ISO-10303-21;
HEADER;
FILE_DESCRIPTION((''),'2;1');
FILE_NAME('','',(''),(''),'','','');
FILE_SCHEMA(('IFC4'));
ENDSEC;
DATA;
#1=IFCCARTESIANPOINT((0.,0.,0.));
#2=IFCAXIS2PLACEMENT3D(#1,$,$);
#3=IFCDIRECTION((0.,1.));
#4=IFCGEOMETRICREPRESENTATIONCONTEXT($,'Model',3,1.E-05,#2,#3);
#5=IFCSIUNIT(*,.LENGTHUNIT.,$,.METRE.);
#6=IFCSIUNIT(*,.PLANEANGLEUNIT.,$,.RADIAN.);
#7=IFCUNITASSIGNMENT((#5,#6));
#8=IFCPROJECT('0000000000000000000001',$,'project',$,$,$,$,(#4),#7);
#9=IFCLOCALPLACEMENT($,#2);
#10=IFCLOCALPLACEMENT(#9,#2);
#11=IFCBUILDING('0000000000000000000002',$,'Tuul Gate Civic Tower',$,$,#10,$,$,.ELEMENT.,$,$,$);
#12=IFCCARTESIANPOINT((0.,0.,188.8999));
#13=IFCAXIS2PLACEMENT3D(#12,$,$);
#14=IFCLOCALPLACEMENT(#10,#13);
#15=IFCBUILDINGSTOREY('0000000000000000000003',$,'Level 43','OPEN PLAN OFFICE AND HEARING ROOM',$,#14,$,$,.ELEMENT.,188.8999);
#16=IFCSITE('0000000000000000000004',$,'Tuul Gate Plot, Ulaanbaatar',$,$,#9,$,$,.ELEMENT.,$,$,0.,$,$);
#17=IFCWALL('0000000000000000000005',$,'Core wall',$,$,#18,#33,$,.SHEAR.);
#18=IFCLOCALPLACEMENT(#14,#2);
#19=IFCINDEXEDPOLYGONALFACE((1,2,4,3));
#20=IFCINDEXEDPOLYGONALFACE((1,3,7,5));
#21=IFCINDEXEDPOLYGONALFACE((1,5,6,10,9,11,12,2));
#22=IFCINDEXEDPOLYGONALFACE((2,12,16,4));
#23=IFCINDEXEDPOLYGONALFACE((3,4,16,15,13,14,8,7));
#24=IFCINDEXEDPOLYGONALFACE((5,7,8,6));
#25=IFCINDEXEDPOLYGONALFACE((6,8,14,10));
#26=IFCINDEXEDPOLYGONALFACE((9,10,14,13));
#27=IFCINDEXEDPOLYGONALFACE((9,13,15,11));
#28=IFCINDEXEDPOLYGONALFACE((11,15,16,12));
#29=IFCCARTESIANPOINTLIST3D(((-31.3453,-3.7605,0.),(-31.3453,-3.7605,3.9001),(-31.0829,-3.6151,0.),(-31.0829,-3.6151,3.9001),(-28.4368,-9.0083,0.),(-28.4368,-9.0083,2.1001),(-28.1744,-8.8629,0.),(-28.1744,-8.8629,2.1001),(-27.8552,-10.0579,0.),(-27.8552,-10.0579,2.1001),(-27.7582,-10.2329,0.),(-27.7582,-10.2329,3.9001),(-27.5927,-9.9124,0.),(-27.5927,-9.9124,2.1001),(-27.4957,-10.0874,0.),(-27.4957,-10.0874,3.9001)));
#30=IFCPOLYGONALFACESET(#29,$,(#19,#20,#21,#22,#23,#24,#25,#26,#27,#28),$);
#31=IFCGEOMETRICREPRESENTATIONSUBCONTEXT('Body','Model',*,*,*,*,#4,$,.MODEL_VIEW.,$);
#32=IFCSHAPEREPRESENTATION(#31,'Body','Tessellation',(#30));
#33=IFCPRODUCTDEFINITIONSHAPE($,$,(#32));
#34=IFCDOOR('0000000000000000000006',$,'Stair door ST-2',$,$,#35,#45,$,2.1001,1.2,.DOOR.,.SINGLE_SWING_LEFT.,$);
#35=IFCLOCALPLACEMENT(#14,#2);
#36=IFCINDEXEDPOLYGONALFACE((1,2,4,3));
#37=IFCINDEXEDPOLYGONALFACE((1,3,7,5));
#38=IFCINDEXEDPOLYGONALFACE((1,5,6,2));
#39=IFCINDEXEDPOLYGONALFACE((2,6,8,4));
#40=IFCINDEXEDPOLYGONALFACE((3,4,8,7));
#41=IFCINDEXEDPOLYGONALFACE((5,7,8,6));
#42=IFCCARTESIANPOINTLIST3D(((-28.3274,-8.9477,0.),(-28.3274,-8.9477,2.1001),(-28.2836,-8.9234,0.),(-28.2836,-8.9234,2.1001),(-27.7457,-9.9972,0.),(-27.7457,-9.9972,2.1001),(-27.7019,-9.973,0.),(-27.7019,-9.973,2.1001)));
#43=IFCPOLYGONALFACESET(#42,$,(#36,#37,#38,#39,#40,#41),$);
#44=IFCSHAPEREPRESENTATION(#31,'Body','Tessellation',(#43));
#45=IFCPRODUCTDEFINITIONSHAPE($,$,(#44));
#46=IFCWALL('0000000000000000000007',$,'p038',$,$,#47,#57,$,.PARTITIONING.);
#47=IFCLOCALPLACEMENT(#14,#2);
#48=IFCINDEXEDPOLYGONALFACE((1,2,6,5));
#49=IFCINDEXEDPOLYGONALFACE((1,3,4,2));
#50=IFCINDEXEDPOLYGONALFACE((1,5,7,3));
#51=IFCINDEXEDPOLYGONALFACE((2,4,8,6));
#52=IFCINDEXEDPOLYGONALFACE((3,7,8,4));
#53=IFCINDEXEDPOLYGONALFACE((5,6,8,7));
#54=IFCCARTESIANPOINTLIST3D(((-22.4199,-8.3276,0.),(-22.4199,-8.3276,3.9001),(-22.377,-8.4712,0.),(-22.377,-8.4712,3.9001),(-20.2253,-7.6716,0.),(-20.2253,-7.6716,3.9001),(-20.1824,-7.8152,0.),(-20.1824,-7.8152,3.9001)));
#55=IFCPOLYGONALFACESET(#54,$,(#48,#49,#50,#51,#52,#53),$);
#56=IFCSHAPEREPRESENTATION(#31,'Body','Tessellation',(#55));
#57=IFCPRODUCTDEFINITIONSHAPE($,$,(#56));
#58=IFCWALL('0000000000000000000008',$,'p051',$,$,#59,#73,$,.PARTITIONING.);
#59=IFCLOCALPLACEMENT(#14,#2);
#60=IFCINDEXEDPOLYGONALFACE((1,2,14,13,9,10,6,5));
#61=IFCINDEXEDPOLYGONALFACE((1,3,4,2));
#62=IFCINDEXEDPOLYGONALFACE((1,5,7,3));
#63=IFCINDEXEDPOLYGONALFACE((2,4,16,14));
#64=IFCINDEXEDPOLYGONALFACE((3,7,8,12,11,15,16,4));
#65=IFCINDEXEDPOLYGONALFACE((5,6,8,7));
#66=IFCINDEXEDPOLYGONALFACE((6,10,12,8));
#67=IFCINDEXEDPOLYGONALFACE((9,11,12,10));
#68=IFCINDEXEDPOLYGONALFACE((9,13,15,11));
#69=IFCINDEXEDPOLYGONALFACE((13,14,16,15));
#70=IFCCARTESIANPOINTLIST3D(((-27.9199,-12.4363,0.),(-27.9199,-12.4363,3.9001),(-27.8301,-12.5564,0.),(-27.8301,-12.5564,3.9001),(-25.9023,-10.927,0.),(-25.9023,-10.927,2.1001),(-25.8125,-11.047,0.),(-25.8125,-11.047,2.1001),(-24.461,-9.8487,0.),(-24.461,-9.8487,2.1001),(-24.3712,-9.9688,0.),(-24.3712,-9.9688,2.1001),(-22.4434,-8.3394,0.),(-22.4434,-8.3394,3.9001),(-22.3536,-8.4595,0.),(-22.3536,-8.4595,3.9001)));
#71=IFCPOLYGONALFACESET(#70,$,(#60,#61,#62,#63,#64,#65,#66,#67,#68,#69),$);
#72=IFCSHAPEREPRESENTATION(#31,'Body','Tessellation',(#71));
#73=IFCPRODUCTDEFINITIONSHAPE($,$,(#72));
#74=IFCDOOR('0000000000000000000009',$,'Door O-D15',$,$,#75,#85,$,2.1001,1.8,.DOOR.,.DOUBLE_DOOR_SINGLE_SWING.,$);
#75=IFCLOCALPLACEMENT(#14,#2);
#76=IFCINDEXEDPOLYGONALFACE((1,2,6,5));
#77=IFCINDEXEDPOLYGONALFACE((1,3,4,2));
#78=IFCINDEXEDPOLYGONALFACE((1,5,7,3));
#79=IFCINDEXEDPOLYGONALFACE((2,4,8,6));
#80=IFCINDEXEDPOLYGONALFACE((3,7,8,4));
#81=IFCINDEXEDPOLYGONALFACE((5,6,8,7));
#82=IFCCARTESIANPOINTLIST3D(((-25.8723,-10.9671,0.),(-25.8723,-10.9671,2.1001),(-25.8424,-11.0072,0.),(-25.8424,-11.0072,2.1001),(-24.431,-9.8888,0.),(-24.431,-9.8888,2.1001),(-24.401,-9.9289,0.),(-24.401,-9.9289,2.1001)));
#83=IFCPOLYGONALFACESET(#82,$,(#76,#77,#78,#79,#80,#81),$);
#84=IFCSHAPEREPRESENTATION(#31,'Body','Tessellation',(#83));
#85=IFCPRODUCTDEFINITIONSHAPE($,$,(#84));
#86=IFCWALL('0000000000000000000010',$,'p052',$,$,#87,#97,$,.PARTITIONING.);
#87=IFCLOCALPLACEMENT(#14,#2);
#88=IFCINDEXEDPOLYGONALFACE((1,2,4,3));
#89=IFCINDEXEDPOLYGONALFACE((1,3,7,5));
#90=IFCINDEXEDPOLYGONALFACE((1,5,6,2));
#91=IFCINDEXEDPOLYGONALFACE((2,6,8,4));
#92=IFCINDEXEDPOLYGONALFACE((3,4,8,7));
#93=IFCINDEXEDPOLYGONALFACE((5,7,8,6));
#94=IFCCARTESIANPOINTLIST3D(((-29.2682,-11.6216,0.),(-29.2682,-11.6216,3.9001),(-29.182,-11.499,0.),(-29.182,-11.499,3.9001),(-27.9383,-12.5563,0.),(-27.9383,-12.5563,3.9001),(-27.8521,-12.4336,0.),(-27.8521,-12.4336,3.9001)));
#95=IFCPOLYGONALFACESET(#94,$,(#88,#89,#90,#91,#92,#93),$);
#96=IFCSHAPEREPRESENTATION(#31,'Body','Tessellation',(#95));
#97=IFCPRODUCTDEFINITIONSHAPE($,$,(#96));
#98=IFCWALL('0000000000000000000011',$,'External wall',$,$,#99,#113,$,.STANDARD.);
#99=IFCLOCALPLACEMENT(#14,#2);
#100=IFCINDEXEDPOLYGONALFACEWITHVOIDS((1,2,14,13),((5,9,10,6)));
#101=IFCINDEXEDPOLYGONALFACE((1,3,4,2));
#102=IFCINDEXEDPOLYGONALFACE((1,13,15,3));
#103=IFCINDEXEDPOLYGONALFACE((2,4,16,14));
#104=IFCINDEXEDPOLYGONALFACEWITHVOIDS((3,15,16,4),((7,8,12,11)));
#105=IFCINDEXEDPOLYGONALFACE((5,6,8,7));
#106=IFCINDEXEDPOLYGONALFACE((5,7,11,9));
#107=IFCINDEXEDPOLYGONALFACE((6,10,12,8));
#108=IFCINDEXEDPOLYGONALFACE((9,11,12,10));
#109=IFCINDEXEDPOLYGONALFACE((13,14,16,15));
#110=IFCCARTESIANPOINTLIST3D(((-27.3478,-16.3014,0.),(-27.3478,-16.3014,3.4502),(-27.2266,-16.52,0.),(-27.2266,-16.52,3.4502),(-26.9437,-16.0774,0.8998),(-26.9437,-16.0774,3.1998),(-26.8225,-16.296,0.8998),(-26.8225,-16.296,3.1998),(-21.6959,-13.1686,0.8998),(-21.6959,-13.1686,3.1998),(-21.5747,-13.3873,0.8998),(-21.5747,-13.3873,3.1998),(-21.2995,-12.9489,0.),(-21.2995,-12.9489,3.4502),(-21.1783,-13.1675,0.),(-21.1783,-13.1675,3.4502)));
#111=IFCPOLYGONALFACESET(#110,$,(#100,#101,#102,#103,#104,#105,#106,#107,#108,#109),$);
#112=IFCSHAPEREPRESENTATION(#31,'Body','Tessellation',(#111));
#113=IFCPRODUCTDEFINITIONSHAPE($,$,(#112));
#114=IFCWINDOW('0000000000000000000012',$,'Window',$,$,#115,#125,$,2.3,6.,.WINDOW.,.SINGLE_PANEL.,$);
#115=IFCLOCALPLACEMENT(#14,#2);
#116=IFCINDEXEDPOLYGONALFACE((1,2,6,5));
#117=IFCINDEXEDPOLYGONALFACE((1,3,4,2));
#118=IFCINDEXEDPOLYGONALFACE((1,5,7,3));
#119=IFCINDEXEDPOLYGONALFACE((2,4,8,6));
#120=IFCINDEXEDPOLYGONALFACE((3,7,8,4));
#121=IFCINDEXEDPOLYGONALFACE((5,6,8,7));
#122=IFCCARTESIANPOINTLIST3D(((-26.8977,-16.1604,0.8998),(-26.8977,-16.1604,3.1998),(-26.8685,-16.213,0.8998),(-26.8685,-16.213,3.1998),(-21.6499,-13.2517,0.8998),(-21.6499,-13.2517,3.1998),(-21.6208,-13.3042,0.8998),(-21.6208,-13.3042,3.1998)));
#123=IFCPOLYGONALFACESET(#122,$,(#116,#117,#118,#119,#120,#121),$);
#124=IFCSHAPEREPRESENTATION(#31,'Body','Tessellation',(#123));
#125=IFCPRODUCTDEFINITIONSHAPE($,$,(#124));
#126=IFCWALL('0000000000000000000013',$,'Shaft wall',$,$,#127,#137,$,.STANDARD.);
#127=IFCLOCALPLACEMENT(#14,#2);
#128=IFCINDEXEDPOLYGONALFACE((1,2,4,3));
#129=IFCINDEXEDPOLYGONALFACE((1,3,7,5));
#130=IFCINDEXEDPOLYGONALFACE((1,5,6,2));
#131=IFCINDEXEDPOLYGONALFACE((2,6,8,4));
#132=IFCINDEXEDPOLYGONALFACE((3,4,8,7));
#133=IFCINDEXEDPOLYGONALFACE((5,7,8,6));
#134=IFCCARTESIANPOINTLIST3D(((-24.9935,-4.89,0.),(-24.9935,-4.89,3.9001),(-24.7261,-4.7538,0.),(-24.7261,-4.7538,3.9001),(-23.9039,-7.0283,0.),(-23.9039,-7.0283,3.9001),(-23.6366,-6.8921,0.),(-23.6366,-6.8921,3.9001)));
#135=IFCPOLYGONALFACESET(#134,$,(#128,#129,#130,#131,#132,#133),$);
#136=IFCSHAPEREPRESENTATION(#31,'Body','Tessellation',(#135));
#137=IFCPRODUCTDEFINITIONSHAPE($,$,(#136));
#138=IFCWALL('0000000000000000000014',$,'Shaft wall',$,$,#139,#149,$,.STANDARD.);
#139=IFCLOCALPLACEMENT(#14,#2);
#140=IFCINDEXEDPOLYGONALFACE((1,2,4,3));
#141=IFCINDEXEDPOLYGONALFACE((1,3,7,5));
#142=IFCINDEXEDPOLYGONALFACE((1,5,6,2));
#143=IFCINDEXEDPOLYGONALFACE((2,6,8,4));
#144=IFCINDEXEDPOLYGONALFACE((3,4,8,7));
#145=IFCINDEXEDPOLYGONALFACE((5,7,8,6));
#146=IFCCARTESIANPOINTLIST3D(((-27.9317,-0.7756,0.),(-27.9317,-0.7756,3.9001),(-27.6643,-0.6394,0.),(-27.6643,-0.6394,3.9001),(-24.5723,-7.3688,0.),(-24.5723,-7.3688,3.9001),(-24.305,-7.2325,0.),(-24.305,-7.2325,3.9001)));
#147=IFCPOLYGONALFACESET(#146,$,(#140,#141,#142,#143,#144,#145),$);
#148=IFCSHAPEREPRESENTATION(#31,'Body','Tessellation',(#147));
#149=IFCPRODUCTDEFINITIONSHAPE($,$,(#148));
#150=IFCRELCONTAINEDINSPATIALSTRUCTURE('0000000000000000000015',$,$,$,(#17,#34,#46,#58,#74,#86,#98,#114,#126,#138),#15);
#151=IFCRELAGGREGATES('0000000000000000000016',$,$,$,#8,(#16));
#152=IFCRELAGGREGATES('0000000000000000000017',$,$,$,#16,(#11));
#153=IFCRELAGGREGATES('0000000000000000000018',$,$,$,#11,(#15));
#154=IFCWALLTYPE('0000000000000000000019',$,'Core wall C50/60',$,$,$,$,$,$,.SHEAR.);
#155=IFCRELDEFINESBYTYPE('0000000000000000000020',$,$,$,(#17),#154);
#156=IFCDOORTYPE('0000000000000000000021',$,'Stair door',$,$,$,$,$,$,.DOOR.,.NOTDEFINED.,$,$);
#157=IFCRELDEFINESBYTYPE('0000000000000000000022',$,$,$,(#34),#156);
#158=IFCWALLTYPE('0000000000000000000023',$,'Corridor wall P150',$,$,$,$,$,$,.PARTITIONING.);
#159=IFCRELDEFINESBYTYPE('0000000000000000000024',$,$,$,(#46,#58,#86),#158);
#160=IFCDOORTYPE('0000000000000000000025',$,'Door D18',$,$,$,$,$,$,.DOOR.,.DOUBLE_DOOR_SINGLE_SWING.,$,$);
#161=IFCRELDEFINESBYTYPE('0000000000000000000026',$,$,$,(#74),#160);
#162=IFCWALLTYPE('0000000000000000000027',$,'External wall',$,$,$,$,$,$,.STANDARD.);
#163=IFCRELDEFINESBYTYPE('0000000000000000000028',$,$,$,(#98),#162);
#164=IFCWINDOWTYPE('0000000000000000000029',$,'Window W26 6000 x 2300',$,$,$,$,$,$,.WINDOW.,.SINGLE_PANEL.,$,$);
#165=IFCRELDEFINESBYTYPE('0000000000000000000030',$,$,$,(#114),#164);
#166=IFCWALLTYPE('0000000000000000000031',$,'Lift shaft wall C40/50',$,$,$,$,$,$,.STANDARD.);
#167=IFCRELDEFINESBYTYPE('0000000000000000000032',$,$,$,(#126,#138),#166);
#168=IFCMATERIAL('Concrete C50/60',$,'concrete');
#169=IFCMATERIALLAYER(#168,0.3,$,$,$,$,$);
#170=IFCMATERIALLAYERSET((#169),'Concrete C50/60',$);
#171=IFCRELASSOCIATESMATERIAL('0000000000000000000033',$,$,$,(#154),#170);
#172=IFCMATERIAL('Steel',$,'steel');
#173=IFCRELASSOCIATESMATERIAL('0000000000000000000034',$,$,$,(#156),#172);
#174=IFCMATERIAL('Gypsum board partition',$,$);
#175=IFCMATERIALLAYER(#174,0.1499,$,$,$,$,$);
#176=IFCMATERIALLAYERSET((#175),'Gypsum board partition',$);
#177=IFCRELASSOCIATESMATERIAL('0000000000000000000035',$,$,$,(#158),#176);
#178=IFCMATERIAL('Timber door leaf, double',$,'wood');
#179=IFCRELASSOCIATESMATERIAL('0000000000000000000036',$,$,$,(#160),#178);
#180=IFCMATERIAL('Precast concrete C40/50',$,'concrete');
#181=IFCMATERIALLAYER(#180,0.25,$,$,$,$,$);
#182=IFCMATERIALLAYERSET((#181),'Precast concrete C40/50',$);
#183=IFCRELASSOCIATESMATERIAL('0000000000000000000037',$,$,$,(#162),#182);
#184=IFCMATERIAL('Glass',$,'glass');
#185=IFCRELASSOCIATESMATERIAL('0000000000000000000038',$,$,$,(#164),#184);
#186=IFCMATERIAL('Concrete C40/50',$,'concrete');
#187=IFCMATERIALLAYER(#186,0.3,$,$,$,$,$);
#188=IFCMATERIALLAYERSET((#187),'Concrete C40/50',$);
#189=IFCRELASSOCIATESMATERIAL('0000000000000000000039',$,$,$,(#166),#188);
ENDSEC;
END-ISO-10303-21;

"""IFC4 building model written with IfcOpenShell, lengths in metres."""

from ifc_helpers import new_model, si_unit, direction, frame, frame_2d, origin, place, context, subcontext, project, spatial, rectangle, extrude, material, layer, layer_set, type_object, element, fill, save


model = new_model("IFC4")

# Units and contexts
model_context = context("Model", 3, precision=1e-05, world=origin(), true_north=direction((0.0, 1.0)))
body_context = subcontext(model_context, "Body", "Model", "MODEL_VIEW")
ifc_project = project(units=[si_unit("LENGTHUNIT", "METRE"), si_unit("PLANEANGLEUNIT", "RADIAN")], contexts=[model_context])

# Site, building, storey
site_placement = place(None, origin())
site = spatial("IfcSite", under=ifc_project, at=site_placement, Name="Tuul Gate Plot, Ulaanbaatar", CompositionType="ELEMENT", RefElevation=0.0)
building_placement = place(site_placement, origin())
building = spatial("IfcBuilding", under=site, at=building_placement, Name="Tuul Gate Civic Tower", CompositionType="ELEMENT")
storey_placement = place(building_placement, frame((0.0, 0.0, 188.8999)))
storey = spatial("IfcBuildingStorey", under=building, at=storey_placement, Name="Level 43", Description="OPEN PLAN OFFICE AND HEARING ROOM", CompositionType="ELEMENT", Elevation=188.8999)

# Shared definitions
ifc_material_1 = material(Name="Concrete C50/60", Category="concrete")
ifc_layer_1 = layer(ifc_material_1, 0.3)
ifc_layer_set_1 = layer_set([ifc_layer_1], Name="Concrete C50/60")
wall_type_1 = type_object("IfcWallType", Name="Core wall C50/60", PredefinedType="SHEAR", material=ifc_layer_set_1)

# Wall, opening, door
wall_1_placement = place(storey_placement, frame((-27.627, -10.1602, 0.0), z_axis=(0.0, 0.0, 1.0), x_axis=(-0.484752, 0.874652, 0.0)))
wall_1 = element("IfcWall", 1, at=wall_1_placement, inside=storey, type_object=wall_type_1, Name="Core wall", PredefinedType="SHEAR", context=body_context, shape_type="SweptSolid", body=[
    extrude(rectangle(XDim=7.3999, YDim=0.3, at=frame_2d((3.7, 0.0))), origin(), (0.0, 0.0, 1.0), 3.9001),
])
opening_1_placement = place(wall_1_placement, frame((0.2, 0.0, 0.0)))
opening_1 = element("IfcOpeningElement", 2, at=opening_1_placement, cuts=wall_1, PredefinedType="OPENING", context=body_context, shape_type="SweptSolid", body=[
    extrude(rectangle(XDim=1.2, YDim=2.1001, at=frame_2d((0.6001, 1.05))), frame((0.0, 0.1602, 0.0), z_axis=(0.0, -1.0, 0.0), x_axis=(1.0, 0.0, 0.0)), (0.0, 0.0, 1.0), 0.3201),
])
ifc_material_2 = material(Name="Steel", Category="steel")
door_type_1 = type_object("IfcDoorType", Name="Stair door", OperationType="NOTDEFINED", PredefinedType="DOOR", material=ifc_material_2)
door_1_placement = place(opening_1_placement, origin())
door_1 = element("IfcDoor", 3, at=door_1_placement, inside=storey, type_object=door_type_1, Name="Stair door ST-2", OperationType="SINGLE_SWING_LEFT", OverallHeight=2.1001, OverallWidth=1.2, PredefinedType="DOOR", context=body_context, shape_type="SweptSolid", body=[
    extrude(rectangle(XDim=1.2, YDim=2.1001, at=frame_2d((0.6001, 1.05))), frame((0.0, 0.0249, 0.0), z_axis=(0.0, -1.0, 0.0), x_axis=(1.0, 0.0, 0.0)), (0.0, 0.0, 1.0), 0.05),
])
fill(opening_1, door_1)

# Wall
ifc_material_3 = material(Name="Gypsum board partition")
ifc_layer_2 = layer(ifc_material_3, 0.1499)
ifc_layer_set_2 = layer_set([ifc_layer_2], Name="Gypsum board partition")
wall_type_2 = type_object("IfcWallType", Name="Corridor wall P150", PredefinedType="PARTITIONING", material=ifc_layer_set_2)
wall_2_placement = place(storey_placement, frame((-22.3984, -8.3994, 0.0), z_axis=(0.0, 0.0, 1.0), x_axis=(0.95811, 0.286399, 0.0)))
element("IfcWall", 4, at=wall_2_placement, inside=storey, type_object=wall_type_2, Name="p038", PredefinedType="PARTITIONING", context=body_context, shape_type="SweptSolid", body=[
    extrude(rectangle(XDim=2.2905, YDim=0.1499, at=frame_2d((1.1453, 0.0))), origin(), (0.0, 0.0, 1.0), 3.9001),
])

# Wall, opening, door
wall_3_placement = place(storey_placement, frame((-27.875, -12.4963, 0.0), z_axis=(0.0, 0.0, 1.0), x_axis=(0.800736, 0.599017, 0.0)))
wall_3 = element("IfcWall", 5, at=wall_3_placement, inside=storey, type_object=wall_type_2, Name="p051", PredefinedType="PARTITIONING", context=body_context, shape_type="SweptSolid", body=[
    extrude(rectangle(XDim=6.8394, YDim=0.1499, at=frame_2d((3.4197, 0.0))), origin(), (0.0, 0.0, 1.0), 3.9001),
])
opening_2_placement = place(wall_3_placement, frame((2.5198, 0.0, 0.0)))
opening_2 = element("IfcOpeningElement", 6, at=opening_2_placement, cuts=wall_3, PredefinedType="OPENING", context=body_context, shape_type="SweptSolid", body=[
    extrude(rectangle(XDim=1.8, YDim=2.1001, at=frame_2d((0.8999, 1.05))), frame((0.0, 0.085, 0.0), z_axis=(0.0, -1.0, 0.0), x_axis=(1.0, 0.0, 0.0)), (0.0, 0.0, 1.0), 0.1699),
])
ifc_material_4 = material(Name="Timber door leaf, double", Category="wood")
door_type_2 = type_object("IfcDoorType", Name="Door D18", OperationType="DOUBLE_DOOR_SINGLE_SWING", PredefinedType="DOOR", material=ifc_material_4)
door_2_placement = place(opening_2_placement, origin())
door_2 = element("IfcDoor", 7, at=door_2_placement, inside=storey, type_object=door_type_2, Name="Door O-D15", OperationType="DOUBLE_DOOR_SINGLE_SWING", OverallHeight=2.1001, OverallWidth=1.8, PredefinedType="DOOR", context=body_context, shape_type="SweptSolid", body=[
    extrude(rectangle(XDim=1.8, YDim=2.1001, at=frame_2d((0.8999, 1.05))), frame((0.0, 0.0249, 0.0), z_axis=(0.0, -1.0, 0.0), x_axis=(1.0, 0.0, 0.0)), (0.0, 0.0, 1.0), 0.05),
])
fill(opening_2, door_2)

# Wall
wall_4_placement = place(storey_placement, frame((-29.2251, -11.5603, 0.0), z_axis=(0.0, 0.0, 1.0), x_axis=(0.818165, -0.574984, 0.0)))
element("IfcWall", 8, at=wall_4_placement, inside=storey, type_object=wall_type_2, Name="p052", PredefinedType="PARTITIONING", context=body_context, shape_type="SweptSolid", body=[
    extrude(rectangle(XDim=1.6255, YDim=0.1499, at=frame_2d((0.8127, 0.0))), origin(), (0.0, 0.0, 1.0), 3.9001),
])

# Wall, opening, window
ifc_material_5 = material(Name="Precast concrete C40/50", Category="concrete")
ifc_layer_3 = layer(ifc_material_5, 0.25)
ifc_layer_set_3 = layer_set([ifc_layer_3], Name="Precast concrete C40/50")
wall_type_3 = type_object("IfcWallType", Name="External wall", PredefinedType="STANDARD", material=ifc_layer_set_3)
wall_5_placement = place(storey_placement, frame((-27.2871, -16.4106, 0.0), z_axis=(0.0, 0.0, 1.0), x_axis=(0.874626, 0.484797, 0.0)))
wall_5 = element("IfcWall", 9, at=wall_5_placement, inside=storey, type_object=wall_type_3, Name="External wall", PredefinedType="STANDARD", context=body_context, shape_type="SweptSolid", body=[
    extrude(rectangle(XDim=6.9153, YDim=0.25, at=frame_2d((3.4575, 0.0))), origin(), (0.0, 0.0, 1.0), 3.4502),
])
opening_3_placement = place(wall_5_placement, frame((0.4619, 0.0, 0.8999)))
opening_3 = element("IfcOpeningElement", 10, at=opening_3_placement, cuts=wall_5, PredefinedType="OPENING", context=body_context, shape_type="SweptSolid", body=[
    extrude(rectangle(XDim=6.0, YDim=2.3, at=frame_2d((3.0, 1.1499))), frame((0.0, 0.135, 0.0), z_axis=(0.0, -1.0, 0.0), x_axis=(1.0, 0.0, 0.0)), (0.0, 0.0, 1.0), 0.27),
])
ifc_material_6 = material(Name="Glass", Category="glass")
window_type = type_object("IfcWindowType", Name="Window W26 6000 x 2300", PartitioningType="SINGLE_PANEL", PredefinedType="WINDOW", material=ifc_material_6)
window_placement = place(opening_3_placement, origin())
window = element("IfcWindow", 11, at=window_placement, inside=storey, type_object=window_type, Name="Window", OverallHeight=2.3, OverallWidth=6.0, PartitioningType="SINGLE_PANEL", PredefinedType="WINDOW", context=body_context, shape_type="SweptSolid", body=[
    extrude(rectangle(XDim=6.0, YDim=2.3, at=frame_2d((3.0, 1.1499))), frame((0.0, 0.03, 0.0), z_axis=(0.0, -1.0, 0.0), x_axis=(1.0, 0.0, 0.0)), (0.0, 0.0, 1.0), 0.0601),
])
fill(opening_3, window)

# Walls
ifc_material_7 = material(Name="Concrete C40/50", Category="concrete")
ifc_layer_4 = layer(ifc_material_7, 0.3)
ifc_layer_set_4 = layer_set([ifc_layer_4], Name="Concrete C40/50")
wall_type_4 = type_object("IfcWallType", Name="Lift shaft wall C40/50", PredefinedType="STANDARD", material=ifc_layer_set_4)
wall_6_placement = place(storey_placement, frame((-23.7703, -6.9602, 0.0), z_axis=(0.0, 0.0, 1.0), x_axis=(-0.453996, 0.891004, 0.0)))
element("IfcWall", 12, at=wall_6_placement, inside=storey, type_object=wall_type_4, Name="Shaft wall", PredefinedType="STANDARD", context=body_context, shape_type="SweptSolid", body=[
    extrude(rectangle(XDim=2.3999, YDim=0.3, at=frame_2d((1.2, 0.0))), origin(), (0.0, 0.0, 1.0), 3.9001),
])
wall_7_placement = place(storey_placement, frame((-24.4387, -7.3005, 0.0), z_axis=(0.0, 0.0, 1.0), x_axis=(-0.453984, 0.89101, 0.0)))
element("IfcWall", 13, at=wall_7_placement, inside=storey, type_object=wall_type_4, Name="Shaft wall", PredefinedType="STANDARD", context=body_context, shape_type="SweptSolid", body=[
    extrude(rectangle(XDim=7.3997, YDim=0.3, at=frame_2d((3.6997, 0.0))), origin(), (0.0, 0.0, 1.0), 3.9001),
])

save(model, "model.ifc")
